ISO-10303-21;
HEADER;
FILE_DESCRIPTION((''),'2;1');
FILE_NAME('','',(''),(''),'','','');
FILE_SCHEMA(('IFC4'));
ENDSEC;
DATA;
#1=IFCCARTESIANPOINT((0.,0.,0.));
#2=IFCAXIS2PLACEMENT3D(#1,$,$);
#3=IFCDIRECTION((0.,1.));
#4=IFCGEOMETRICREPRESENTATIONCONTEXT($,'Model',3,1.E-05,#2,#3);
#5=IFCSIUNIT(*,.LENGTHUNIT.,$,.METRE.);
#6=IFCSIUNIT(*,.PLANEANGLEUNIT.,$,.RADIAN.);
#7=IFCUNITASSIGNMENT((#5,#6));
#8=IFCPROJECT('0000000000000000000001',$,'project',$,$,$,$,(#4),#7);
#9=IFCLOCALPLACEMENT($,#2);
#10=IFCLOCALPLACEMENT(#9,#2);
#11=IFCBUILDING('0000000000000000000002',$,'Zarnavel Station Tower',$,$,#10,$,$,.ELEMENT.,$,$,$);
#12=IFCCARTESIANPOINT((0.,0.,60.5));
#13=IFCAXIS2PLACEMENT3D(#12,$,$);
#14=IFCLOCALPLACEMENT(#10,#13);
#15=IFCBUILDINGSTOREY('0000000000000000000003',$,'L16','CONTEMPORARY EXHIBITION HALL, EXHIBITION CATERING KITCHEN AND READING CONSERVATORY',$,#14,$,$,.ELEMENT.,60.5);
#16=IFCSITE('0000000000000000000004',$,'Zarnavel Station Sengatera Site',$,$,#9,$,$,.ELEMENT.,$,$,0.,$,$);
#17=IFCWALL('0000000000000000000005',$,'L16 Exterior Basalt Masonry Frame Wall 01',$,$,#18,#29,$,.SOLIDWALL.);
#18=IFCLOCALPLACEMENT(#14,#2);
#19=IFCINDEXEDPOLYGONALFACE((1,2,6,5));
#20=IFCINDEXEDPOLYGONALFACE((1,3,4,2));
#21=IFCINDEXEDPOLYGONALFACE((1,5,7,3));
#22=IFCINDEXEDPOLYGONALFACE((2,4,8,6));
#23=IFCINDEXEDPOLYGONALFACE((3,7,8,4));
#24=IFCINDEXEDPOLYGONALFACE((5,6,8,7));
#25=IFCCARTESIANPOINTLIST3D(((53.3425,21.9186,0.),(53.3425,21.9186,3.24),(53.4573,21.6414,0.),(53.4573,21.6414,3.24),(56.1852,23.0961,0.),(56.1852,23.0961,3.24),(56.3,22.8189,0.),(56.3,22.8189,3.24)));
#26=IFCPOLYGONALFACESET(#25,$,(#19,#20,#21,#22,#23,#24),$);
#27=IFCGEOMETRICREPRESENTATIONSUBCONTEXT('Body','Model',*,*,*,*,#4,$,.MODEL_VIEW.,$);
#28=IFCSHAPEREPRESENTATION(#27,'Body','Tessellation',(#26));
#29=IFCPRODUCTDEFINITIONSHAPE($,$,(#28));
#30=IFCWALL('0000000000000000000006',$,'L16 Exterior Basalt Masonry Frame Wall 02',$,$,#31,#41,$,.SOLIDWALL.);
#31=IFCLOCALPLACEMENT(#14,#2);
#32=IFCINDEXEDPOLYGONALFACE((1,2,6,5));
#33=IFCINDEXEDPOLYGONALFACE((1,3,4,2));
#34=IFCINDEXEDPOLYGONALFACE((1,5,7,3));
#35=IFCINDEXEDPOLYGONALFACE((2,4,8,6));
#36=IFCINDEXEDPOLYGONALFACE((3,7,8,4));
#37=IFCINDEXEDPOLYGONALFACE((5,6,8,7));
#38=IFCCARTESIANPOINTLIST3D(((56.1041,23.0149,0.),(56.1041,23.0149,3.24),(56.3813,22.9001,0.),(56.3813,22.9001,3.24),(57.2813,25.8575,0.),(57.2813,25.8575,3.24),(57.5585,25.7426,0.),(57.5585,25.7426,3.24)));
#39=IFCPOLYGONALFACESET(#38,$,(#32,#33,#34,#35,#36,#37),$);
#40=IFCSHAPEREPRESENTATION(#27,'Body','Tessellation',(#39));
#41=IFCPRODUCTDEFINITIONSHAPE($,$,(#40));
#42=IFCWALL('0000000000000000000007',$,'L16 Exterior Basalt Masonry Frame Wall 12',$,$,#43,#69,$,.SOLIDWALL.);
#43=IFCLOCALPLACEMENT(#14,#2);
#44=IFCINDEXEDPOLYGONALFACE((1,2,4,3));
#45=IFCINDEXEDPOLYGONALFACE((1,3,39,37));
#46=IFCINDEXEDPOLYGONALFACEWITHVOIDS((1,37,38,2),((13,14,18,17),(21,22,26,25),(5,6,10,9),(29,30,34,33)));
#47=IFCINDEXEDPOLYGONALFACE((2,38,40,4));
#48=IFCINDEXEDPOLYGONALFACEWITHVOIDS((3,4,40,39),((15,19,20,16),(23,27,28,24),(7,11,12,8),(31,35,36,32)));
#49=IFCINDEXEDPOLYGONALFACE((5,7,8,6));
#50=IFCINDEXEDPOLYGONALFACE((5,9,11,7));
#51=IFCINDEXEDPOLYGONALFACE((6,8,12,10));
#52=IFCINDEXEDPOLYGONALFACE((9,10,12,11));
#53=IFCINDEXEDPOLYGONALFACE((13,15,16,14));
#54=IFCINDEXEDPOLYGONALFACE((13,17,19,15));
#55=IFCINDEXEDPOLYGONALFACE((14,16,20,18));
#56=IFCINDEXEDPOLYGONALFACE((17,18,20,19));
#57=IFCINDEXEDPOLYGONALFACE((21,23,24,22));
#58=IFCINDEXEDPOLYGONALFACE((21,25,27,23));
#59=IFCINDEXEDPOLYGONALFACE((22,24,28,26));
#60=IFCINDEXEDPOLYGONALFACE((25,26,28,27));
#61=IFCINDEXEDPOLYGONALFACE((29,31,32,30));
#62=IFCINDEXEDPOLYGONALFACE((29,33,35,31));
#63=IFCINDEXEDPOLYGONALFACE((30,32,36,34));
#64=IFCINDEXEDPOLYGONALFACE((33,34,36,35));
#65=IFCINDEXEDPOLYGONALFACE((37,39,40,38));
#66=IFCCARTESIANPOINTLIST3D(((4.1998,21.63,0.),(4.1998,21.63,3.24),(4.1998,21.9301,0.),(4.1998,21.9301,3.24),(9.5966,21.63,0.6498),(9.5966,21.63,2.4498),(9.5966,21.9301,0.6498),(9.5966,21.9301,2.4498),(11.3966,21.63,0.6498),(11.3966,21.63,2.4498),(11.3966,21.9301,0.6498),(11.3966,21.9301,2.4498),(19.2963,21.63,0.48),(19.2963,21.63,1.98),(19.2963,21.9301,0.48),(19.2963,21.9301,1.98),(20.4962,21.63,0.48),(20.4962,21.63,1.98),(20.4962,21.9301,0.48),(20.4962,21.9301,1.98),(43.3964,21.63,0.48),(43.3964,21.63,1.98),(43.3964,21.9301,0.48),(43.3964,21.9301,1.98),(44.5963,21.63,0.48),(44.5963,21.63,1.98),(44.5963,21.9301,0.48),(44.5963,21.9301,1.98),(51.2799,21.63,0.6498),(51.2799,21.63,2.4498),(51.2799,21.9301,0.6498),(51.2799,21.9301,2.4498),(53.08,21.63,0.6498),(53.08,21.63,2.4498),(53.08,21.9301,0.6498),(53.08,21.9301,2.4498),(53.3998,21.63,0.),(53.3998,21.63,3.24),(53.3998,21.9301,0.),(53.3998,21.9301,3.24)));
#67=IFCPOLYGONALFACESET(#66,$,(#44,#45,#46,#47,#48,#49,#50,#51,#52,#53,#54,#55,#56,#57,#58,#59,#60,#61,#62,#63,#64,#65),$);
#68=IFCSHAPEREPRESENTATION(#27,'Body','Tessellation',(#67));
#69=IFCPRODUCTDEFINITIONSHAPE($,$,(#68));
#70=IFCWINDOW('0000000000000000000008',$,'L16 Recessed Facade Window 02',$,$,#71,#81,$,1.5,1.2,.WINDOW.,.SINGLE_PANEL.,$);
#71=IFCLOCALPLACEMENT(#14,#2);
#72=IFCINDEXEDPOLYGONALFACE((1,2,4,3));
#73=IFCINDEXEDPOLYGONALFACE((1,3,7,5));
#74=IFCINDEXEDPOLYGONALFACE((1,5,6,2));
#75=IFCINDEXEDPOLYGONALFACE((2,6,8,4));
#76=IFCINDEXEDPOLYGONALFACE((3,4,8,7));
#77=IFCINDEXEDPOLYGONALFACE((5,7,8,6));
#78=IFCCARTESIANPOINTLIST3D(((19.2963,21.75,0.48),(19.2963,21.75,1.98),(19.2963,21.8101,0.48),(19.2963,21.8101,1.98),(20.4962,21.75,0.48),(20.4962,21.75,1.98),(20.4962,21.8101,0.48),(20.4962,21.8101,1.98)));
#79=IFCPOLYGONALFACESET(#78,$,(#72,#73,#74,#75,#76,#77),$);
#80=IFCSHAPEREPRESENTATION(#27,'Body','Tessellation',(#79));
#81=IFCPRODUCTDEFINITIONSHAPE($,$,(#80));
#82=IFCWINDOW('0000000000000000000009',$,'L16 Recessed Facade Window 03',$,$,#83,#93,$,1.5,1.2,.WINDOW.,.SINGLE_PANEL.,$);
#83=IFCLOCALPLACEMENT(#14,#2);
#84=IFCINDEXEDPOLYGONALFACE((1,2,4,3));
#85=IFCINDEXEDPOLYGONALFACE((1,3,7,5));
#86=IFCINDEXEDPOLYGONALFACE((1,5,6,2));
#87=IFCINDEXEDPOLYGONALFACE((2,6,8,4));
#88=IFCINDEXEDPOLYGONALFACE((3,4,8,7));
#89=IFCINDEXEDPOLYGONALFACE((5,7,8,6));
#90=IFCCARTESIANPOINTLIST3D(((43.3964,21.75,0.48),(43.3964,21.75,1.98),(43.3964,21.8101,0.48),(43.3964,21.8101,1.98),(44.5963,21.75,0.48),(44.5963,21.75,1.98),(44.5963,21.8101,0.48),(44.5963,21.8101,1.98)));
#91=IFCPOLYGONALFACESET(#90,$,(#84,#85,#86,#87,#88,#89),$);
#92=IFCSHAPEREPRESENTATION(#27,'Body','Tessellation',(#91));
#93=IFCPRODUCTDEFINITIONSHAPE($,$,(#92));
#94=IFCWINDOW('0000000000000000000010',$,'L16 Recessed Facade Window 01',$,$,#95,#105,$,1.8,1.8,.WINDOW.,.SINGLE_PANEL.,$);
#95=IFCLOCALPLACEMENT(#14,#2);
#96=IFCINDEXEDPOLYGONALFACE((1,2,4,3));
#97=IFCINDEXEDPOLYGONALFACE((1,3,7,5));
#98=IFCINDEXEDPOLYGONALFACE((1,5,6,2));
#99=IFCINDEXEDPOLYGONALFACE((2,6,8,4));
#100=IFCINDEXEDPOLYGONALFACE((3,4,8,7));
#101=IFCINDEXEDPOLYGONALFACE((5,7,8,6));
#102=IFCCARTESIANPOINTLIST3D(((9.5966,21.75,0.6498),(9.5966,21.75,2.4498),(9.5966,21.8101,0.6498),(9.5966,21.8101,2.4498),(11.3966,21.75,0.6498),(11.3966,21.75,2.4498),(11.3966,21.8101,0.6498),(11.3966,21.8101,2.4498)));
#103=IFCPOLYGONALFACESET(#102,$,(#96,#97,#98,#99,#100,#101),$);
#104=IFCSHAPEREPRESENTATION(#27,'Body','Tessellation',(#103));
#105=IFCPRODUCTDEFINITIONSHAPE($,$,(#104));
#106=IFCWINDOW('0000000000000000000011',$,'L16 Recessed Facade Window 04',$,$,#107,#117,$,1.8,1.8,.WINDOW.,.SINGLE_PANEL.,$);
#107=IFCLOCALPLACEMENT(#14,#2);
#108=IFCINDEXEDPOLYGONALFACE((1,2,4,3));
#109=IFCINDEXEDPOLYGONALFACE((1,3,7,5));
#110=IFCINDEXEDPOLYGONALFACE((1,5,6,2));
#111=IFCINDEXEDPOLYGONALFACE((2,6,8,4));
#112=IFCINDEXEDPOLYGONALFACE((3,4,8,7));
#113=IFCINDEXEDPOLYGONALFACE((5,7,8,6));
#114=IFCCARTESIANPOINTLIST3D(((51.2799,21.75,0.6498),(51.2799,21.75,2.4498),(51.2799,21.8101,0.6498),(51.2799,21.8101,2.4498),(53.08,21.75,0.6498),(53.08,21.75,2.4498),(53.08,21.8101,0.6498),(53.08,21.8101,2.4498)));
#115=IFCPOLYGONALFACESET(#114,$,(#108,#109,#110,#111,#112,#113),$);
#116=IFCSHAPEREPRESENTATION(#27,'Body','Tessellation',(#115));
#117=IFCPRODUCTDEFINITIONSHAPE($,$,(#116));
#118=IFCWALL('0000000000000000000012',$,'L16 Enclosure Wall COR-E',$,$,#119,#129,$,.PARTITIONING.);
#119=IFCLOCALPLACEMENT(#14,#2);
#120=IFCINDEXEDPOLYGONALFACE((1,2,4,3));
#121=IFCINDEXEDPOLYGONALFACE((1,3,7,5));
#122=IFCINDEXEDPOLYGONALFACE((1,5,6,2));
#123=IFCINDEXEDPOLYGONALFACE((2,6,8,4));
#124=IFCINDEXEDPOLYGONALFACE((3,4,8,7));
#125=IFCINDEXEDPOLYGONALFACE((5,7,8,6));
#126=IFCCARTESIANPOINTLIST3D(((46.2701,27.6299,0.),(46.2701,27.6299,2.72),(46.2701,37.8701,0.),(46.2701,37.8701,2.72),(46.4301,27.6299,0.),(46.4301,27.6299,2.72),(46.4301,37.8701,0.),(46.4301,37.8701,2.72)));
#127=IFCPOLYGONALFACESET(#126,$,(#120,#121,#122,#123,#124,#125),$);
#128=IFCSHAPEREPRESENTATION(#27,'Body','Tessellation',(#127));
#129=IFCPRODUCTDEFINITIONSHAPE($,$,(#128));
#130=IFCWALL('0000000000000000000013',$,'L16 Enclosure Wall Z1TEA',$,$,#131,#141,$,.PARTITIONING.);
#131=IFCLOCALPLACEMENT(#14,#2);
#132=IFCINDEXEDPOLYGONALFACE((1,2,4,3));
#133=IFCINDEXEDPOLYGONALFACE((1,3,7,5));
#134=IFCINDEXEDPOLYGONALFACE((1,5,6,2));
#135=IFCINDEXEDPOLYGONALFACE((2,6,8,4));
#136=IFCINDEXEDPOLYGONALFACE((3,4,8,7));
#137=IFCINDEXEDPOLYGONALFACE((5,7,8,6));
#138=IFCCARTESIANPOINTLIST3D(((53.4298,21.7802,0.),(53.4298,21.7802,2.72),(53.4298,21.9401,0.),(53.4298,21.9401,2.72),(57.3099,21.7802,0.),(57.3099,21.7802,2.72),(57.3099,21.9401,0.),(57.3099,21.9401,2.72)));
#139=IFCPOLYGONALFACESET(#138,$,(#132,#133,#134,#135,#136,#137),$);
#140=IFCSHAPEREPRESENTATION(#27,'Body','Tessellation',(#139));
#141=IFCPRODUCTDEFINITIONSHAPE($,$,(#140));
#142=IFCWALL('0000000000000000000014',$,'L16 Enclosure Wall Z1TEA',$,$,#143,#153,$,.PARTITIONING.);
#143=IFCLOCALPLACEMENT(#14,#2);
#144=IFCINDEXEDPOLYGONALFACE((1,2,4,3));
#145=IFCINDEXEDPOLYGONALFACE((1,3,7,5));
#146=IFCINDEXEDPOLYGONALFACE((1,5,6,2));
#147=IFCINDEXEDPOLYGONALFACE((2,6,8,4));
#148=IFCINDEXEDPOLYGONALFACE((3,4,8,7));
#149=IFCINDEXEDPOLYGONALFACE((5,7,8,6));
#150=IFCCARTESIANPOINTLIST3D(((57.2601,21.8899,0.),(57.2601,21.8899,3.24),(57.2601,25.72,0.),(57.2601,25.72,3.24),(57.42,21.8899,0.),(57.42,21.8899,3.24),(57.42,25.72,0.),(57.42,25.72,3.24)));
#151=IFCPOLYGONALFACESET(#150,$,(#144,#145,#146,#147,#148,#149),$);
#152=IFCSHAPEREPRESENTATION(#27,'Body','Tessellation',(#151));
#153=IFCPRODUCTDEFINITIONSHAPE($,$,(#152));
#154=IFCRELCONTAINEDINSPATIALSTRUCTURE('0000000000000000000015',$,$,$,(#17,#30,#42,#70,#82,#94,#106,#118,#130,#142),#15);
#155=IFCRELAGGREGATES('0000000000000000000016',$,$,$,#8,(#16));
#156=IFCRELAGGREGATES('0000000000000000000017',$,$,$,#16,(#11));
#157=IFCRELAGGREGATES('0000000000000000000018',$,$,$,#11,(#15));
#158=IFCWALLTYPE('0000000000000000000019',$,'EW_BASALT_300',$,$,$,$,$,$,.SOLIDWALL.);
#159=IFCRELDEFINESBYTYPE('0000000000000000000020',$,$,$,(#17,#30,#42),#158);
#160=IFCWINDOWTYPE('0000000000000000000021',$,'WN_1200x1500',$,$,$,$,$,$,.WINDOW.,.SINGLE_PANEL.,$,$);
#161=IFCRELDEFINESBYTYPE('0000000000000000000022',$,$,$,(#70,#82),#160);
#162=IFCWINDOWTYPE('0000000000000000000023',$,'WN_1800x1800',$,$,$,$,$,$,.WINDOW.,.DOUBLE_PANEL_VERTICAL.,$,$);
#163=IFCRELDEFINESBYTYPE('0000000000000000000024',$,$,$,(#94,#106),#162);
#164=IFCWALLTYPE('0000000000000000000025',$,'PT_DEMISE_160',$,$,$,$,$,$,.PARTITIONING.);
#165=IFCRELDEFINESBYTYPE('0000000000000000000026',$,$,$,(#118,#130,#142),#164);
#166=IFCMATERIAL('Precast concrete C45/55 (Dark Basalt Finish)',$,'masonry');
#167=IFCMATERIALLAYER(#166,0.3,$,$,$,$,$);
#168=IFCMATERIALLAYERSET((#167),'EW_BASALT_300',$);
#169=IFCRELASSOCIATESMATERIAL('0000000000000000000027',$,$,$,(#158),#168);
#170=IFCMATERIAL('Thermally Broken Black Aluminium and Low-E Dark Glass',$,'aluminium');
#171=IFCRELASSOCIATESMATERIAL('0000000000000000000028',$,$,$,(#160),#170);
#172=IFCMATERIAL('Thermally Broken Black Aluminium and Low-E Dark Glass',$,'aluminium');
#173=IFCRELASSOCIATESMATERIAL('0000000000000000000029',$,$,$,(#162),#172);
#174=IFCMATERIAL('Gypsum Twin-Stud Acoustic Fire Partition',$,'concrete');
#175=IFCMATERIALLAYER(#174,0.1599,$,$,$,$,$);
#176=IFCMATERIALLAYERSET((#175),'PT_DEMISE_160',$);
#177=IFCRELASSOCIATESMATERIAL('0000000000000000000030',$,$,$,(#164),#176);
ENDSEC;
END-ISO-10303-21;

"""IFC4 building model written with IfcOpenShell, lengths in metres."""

from ifc_helpers import new_model, si_unit, direction, frame, frame_2d, origin, place, context, subcontext, project, spatial, rectangle, extrude, material, layer, layer_set, type_object, element, fill, save


model = new_model("IFC4")

# Units and contexts
model_context = context("Model", 3, precision=1e-05, world=origin(), true_north=direction((0.0, 1.0)))
body_context = subcontext(model_context, "Body", "Model", "MODEL_VIEW")
ifc_project = project(units=[si_unit("LENGTHUNIT", "METRE"), si_unit("PLANEANGLEUNIT", "RADIAN")], contexts=[model_context])

# Site, building, storey
site_placement = place(None, origin())
site = spatial("IfcSite", under=ifc_project, at=site_placement, Name="Zarnavel Station Sengatera Site", CompositionType="ELEMENT", RefElevation=0.0)
building_placement = place(site_placement, origin())
building = spatial("IfcBuilding", under=site, at=building_placement, Name="Zarnavel Station Tower", CompositionType="ELEMENT")
storey_placement = place(building_placement, frame((0.0, 0.0, 60.5)))
storey = spatial("IfcBuildingStorey", under=building, at=storey_placement, Name="L16", Description="CONTEMPORARY EXHIBITION HALL, EXHIBITION CATERING KITCHEN AND READING CONSERVATORY", CompositionType="ELEMENT", Elevation=60.5)

# Walls
ifc_material_1 = material(Name="Precast concrete C45/55 (Dark Basalt Finish)", Category="masonry")
ifc_layer_1 = layer(ifc_material_1, 0.3)
ifc_layer_set_1 = layer_set([ifc_layer_1], Name="EW_BASALT_300")
wall_type_1 = type_object("IfcWallType", Name="EW_BASALT_300", PredefinedType="SOLIDWALL", material=ifc_layer_set_1)
wall_1_placement = place(storey_placement, frame((56.2427, 22.9575, 0.0), z_axis=(0.0, 0.0, 1.0), x_axis=(-0.923882, -0.382676, 0.0)))
element("IfcWall", 1, at=wall_1_placement, inside=storey, type_object=wall_type_1, Name="L16 Exterior Basalt Masonry Frame Wall 01", PredefinedType="SOLIDWALL", context=body_context, shape_type="SweptSolid", body=[
    extrude(rectangle(XDim=3.0769, YDim=0.3, at=frame_2d((1.5386, 0.0))), origin(), (0.0, 0.0, 1.0), 3.24),
])
wall_2_placement = place(storey_placement, frame((57.4199, 25.8, 0.0), z_axis=(0.0, 0.0, 1.0), x_axis=(-0.382637, -0.923899, 0.0)))
element("IfcWall", 2, at=wall_2_placement, inside=storey, type_object=wall_type_1, Name="L16 Exterior Basalt Masonry Frame Wall 02", PredefinedType="SOLIDWALL", context=body_context, shape_type="SweptSolid", body=[
    extrude(rectangle(XDim=3.0767, YDim=0.3, at=frame_2d((1.5383, 0.0))), origin(), (0.0, 0.0, 1.0), 3.24),
])

# Wall, openings, windows
wall_3_placement = place(storey_placement, frame((53.3999, 21.78, 0.0), z_axis=(0.0, 0.0, 1.0), x_axis=(-1.0, 0.0, 0.0)))
wall_3 = element("IfcWall", 3, at=wall_3_placement, inside=storey, type_object=wall_type_1, Name="L16 Exterior Basalt Masonry Frame Wall 12", PredefinedType="SOLIDWALL", context=body_context, shape_type="SweptSolid", body=[
    extrude(rectangle(XDim=49.2, YDim=0.3, at=frame_2d((24.6001, 0.0))), origin(), (0.0, 0.0, 1.0), 3.24),
])
opening_1_placement = place(wall_3_placement, frame((42.0034, 0.0, 0.6499)))
opening_1 = element("IfcOpeningElement", 4, at=opening_1_placement, cuts=wall_3, PredefinedType="OPENING", context=body_context, shape_type="SweptSolid", body=[
    extrude(rectangle(XDim=1.8, YDim=1.8, at=frame_2d((0.8999, 0.8999))), frame((0.0, 0.1599, 0.0), z_axis=(0.0, -1.0, 0.0), x_axis=(1.0, 0.0, 0.0)), (0.0, 0.0, 1.0), 0.3201),
])
opening_2_placement = place(wall_3_placement, frame((32.9036, 0.0, 0.48)))
opening_2 = element("IfcOpeningElement", 5, at=opening_2_placement, cuts=wall_3, PredefinedType="OPENING", context=body_context, shape_type="SweptSolid", body=[
    extrude(rectangle(XDim=1.2, YDim=1.5, at=frame_2d((0.6001, 0.75))), frame((0.0, 0.1599, 0.0), z_axis=(0.0, -1.0, 0.0), x_axis=(1.0, 0.0, 0.0)), (0.0, 0.0, 1.0), 0.3201),
])
opening_3_placement = place(wall_3_placement, frame((8.8035, 0.0, 0.48)))
opening_3 = element("IfcOpeningElement", 6, at=opening_3_placement, cuts=wall_3, PredefinedType="OPENING", context=body_context, shape_type="SweptSolid", body=[
    extrude(rectangle(XDim=1.2, YDim=1.5, at=frame_2d((0.6001, 0.75))), frame((0.0, 0.1599, 0.0), z_axis=(0.0, -1.0, 0.0), x_axis=(1.0, 0.0, 0.0)), (0.0, 0.0, 1.0), 0.3201),
])
opening_4_placement = place(wall_3_placement, frame((0.3201, 0.0, 0.6499)))
opening_4 = element("IfcOpeningElement", 7, at=opening_4_placement, cuts=wall_3, PredefinedType="OPENING", context=body_context, shape_type="SweptSolid", body=[
    extrude(rectangle(XDim=1.8, YDim=1.8, at=frame_2d((0.8999, 0.8999))), frame((0.0, 0.1599, 0.0), z_axis=(0.0, -1.0, 0.0), x_axis=(1.0, 0.0, 0.0)), (0.0, 0.0, 1.0), 0.3201),
])
ifc_material_2 = material(Name="Thermally Broken Black Aluminium and Low-E Dark Glass", Category="aluminium")
window_type_1 = type_object("IfcWindowType", Name="WN_1200x1500", PartitioningType="SINGLE_PANEL", PredefinedType="WINDOW", material=ifc_material_2)
window_1_placement = place(opening_2_placement, origin())
window_1 = element("IfcWindow", 8, at=window_1_placement, inside=storey, type_object=window_type_1, Name="L16 Recessed Facade Window 02", OverallHeight=1.5, OverallWidth=1.2, PartitioningType="SINGLE_PANEL", PredefinedType="WINDOW", context=body_context, shape_type="SweptSolid", body=[
    extrude(rectangle(XDim=1.2, YDim=1.5, at=frame_2d((0.6001, 0.75))), frame((0.0, 0.03, 0.0), z_axis=(0.0, -1.0, 0.0), x_axis=(1.0, 0.0, 0.0)), (0.0, 0.0, 1.0), 0.0601),
])
fill(opening_2, window_1)
window_2_placement = place(opening_3_placement, origin())
window_2 = element("IfcWindow", 9, at=window_2_placement, inside=storey, type_object=window_type_1, Name="L16 Recessed Facade Window 03", OverallHeight=1.5, OverallWidth=1.2, PartitioningType="SINGLE_PANEL", PredefinedType="WINDOW", context=body_context, shape_type="SweptSolid", body=[
    extrude(rectangle(XDim=1.2, YDim=1.5, at=frame_2d((0.6001, 0.75))), frame((0.0, 0.03, 0.0), z_axis=(0.0, -1.0, 0.0), x_axis=(1.0, 0.0, 0.0)), (0.0, 0.0, 1.0), 0.0601),
])
fill(opening_3, window_2)
ifc_material_3 = material(Name="Thermally Broken Black Aluminium and Low-E Dark Glass", Category="aluminium")
window_type_2 = type_object("IfcWindowType", Name="WN_1800x1800", PartitioningType="DOUBLE_PANEL_VERTICAL", PredefinedType="WINDOW", material=ifc_material_3)
window_3_placement = place(opening_1_placement, origin())
window_3 = element("IfcWindow", 10, at=window_3_placement, inside=storey, type_object=window_type_2, Name="L16 Recessed Facade Window 01", OverallHeight=1.8, OverallWidth=1.8, PartitioningType="SINGLE_PANEL", PredefinedType="WINDOW", context=body_context, shape_type="SweptSolid", body=[
    extrude(rectangle(XDim=1.8, YDim=1.8, at=frame_2d((0.8999, 0.8999))), frame((0.0, 0.03, 0.0), z_axis=(0.0, -1.0, 0.0), x_axis=(1.0, 0.0, 0.0)), (0.0, 0.0, 1.0), 0.0601),
])
fill(opening_1, window_3)
window_4_placement = place(opening_4_placement, origin())
window_4 = element("IfcWindow", 11, at=window_4_placement, inside=storey, type_object=window_type_2, Name="L16 Recessed Facade Window 04", OverallHeight=1.8, OverallWidth=1.8, PartitioningType="SINGLE_PANEL", PredefinedType="WINDOW", context=body_context, shape_type="SweptSolid", body=[
    extrude(rectangle(XDim=1.8, YDim=1.8, at=frame_2d((0.8999, 0.8999))), frame((0.0, 0.03, 0.0), z_axis=(0.0, -1.0, 0.0), x_axis=(1.0, 0.0, 0.0)), (0.0, 0.0, 1.0), 0.0601),
])
fill(opening_4, window_4)

# Walls
ifc_material_4 = material(Name="Gypsum Twin-Stud Acoustic Fire Partition", Category="concrete")
ifc_layer_2 = layer(ifc_material_4, 0.1599)
ifc_layer_set_2 = layer_set([ifc_layer_2], Name="PT_DEMISE_160")
wall_type_2 = type_object("IfcWallType", Name="PT_DEMISE_160", PredefinedType="PARTITIONING", material=ifc_layer_set_2)
wall_4_placement = place(storey_placement, frame((46.3501, 27.6299, 0.0), z_axis=(0.0, 0.0, 1.0), x_axis=(0.0, 1.0, 0.0)))
element("IfcWall", 12, at=wall_4_placement, inside=storey, type_object=wall_type_2, Name="L16 Enclosure Wall COR-E", PredefinedType="PARTITIONING", context=body_context, shape_type="SweptSolid", body=[
    extrude(rectangle(XDim=10.2402, YDim=0.1599, at=frame_2d((5.1201, 0.0))), origin(), (0.0, 0.0, 1.0), 2.72),
])
wall_5_placement = place(storey_placement, frame((53.4299, 21.8601, 0.0), z_axis=(0.0, 0.0, 1.0), x_axis=(1.0, 0.0, 0.0)))
element("IfcWall", 13, at=wall_5_placement, inside=storey, type_object=wall_type_2, Name="L16 Enclosure Wall Z1TEA", PredefinedType="PARTITIONING", context=body_context, shape_type="SweptSolid", body=[
    extrude(rectangle(XDim=3.8801, YDim=0.1599, at=frame_2d((1.9399, 0.0))), origin(), (0.0, 0.0, 1.0), 2.72),
])
wall_6_placement = place(storey_placement, frame((57.3401, 21.8899, 0.0), z_axis=(0.0, 0.0, 1.0), x_axis=(0.0, 1.0, 0.0)))
element("IfcWall", 14, at=wall_6_placement, inside=storey, type_object=wall_type_2, Name="L16 Enclosure Wall Z1TEA", PredefinedType="PARTITIONING", context=body_context, shape_type="SweptSolid", body=[
    extrude(rectangle(XDim=3.8301, YDim=0.1599, at=frame_2d((1.915, 0.0))), origin(), (0.0, 0.0, 1.0), 3.24),
])

save(model, "model.ifc")
